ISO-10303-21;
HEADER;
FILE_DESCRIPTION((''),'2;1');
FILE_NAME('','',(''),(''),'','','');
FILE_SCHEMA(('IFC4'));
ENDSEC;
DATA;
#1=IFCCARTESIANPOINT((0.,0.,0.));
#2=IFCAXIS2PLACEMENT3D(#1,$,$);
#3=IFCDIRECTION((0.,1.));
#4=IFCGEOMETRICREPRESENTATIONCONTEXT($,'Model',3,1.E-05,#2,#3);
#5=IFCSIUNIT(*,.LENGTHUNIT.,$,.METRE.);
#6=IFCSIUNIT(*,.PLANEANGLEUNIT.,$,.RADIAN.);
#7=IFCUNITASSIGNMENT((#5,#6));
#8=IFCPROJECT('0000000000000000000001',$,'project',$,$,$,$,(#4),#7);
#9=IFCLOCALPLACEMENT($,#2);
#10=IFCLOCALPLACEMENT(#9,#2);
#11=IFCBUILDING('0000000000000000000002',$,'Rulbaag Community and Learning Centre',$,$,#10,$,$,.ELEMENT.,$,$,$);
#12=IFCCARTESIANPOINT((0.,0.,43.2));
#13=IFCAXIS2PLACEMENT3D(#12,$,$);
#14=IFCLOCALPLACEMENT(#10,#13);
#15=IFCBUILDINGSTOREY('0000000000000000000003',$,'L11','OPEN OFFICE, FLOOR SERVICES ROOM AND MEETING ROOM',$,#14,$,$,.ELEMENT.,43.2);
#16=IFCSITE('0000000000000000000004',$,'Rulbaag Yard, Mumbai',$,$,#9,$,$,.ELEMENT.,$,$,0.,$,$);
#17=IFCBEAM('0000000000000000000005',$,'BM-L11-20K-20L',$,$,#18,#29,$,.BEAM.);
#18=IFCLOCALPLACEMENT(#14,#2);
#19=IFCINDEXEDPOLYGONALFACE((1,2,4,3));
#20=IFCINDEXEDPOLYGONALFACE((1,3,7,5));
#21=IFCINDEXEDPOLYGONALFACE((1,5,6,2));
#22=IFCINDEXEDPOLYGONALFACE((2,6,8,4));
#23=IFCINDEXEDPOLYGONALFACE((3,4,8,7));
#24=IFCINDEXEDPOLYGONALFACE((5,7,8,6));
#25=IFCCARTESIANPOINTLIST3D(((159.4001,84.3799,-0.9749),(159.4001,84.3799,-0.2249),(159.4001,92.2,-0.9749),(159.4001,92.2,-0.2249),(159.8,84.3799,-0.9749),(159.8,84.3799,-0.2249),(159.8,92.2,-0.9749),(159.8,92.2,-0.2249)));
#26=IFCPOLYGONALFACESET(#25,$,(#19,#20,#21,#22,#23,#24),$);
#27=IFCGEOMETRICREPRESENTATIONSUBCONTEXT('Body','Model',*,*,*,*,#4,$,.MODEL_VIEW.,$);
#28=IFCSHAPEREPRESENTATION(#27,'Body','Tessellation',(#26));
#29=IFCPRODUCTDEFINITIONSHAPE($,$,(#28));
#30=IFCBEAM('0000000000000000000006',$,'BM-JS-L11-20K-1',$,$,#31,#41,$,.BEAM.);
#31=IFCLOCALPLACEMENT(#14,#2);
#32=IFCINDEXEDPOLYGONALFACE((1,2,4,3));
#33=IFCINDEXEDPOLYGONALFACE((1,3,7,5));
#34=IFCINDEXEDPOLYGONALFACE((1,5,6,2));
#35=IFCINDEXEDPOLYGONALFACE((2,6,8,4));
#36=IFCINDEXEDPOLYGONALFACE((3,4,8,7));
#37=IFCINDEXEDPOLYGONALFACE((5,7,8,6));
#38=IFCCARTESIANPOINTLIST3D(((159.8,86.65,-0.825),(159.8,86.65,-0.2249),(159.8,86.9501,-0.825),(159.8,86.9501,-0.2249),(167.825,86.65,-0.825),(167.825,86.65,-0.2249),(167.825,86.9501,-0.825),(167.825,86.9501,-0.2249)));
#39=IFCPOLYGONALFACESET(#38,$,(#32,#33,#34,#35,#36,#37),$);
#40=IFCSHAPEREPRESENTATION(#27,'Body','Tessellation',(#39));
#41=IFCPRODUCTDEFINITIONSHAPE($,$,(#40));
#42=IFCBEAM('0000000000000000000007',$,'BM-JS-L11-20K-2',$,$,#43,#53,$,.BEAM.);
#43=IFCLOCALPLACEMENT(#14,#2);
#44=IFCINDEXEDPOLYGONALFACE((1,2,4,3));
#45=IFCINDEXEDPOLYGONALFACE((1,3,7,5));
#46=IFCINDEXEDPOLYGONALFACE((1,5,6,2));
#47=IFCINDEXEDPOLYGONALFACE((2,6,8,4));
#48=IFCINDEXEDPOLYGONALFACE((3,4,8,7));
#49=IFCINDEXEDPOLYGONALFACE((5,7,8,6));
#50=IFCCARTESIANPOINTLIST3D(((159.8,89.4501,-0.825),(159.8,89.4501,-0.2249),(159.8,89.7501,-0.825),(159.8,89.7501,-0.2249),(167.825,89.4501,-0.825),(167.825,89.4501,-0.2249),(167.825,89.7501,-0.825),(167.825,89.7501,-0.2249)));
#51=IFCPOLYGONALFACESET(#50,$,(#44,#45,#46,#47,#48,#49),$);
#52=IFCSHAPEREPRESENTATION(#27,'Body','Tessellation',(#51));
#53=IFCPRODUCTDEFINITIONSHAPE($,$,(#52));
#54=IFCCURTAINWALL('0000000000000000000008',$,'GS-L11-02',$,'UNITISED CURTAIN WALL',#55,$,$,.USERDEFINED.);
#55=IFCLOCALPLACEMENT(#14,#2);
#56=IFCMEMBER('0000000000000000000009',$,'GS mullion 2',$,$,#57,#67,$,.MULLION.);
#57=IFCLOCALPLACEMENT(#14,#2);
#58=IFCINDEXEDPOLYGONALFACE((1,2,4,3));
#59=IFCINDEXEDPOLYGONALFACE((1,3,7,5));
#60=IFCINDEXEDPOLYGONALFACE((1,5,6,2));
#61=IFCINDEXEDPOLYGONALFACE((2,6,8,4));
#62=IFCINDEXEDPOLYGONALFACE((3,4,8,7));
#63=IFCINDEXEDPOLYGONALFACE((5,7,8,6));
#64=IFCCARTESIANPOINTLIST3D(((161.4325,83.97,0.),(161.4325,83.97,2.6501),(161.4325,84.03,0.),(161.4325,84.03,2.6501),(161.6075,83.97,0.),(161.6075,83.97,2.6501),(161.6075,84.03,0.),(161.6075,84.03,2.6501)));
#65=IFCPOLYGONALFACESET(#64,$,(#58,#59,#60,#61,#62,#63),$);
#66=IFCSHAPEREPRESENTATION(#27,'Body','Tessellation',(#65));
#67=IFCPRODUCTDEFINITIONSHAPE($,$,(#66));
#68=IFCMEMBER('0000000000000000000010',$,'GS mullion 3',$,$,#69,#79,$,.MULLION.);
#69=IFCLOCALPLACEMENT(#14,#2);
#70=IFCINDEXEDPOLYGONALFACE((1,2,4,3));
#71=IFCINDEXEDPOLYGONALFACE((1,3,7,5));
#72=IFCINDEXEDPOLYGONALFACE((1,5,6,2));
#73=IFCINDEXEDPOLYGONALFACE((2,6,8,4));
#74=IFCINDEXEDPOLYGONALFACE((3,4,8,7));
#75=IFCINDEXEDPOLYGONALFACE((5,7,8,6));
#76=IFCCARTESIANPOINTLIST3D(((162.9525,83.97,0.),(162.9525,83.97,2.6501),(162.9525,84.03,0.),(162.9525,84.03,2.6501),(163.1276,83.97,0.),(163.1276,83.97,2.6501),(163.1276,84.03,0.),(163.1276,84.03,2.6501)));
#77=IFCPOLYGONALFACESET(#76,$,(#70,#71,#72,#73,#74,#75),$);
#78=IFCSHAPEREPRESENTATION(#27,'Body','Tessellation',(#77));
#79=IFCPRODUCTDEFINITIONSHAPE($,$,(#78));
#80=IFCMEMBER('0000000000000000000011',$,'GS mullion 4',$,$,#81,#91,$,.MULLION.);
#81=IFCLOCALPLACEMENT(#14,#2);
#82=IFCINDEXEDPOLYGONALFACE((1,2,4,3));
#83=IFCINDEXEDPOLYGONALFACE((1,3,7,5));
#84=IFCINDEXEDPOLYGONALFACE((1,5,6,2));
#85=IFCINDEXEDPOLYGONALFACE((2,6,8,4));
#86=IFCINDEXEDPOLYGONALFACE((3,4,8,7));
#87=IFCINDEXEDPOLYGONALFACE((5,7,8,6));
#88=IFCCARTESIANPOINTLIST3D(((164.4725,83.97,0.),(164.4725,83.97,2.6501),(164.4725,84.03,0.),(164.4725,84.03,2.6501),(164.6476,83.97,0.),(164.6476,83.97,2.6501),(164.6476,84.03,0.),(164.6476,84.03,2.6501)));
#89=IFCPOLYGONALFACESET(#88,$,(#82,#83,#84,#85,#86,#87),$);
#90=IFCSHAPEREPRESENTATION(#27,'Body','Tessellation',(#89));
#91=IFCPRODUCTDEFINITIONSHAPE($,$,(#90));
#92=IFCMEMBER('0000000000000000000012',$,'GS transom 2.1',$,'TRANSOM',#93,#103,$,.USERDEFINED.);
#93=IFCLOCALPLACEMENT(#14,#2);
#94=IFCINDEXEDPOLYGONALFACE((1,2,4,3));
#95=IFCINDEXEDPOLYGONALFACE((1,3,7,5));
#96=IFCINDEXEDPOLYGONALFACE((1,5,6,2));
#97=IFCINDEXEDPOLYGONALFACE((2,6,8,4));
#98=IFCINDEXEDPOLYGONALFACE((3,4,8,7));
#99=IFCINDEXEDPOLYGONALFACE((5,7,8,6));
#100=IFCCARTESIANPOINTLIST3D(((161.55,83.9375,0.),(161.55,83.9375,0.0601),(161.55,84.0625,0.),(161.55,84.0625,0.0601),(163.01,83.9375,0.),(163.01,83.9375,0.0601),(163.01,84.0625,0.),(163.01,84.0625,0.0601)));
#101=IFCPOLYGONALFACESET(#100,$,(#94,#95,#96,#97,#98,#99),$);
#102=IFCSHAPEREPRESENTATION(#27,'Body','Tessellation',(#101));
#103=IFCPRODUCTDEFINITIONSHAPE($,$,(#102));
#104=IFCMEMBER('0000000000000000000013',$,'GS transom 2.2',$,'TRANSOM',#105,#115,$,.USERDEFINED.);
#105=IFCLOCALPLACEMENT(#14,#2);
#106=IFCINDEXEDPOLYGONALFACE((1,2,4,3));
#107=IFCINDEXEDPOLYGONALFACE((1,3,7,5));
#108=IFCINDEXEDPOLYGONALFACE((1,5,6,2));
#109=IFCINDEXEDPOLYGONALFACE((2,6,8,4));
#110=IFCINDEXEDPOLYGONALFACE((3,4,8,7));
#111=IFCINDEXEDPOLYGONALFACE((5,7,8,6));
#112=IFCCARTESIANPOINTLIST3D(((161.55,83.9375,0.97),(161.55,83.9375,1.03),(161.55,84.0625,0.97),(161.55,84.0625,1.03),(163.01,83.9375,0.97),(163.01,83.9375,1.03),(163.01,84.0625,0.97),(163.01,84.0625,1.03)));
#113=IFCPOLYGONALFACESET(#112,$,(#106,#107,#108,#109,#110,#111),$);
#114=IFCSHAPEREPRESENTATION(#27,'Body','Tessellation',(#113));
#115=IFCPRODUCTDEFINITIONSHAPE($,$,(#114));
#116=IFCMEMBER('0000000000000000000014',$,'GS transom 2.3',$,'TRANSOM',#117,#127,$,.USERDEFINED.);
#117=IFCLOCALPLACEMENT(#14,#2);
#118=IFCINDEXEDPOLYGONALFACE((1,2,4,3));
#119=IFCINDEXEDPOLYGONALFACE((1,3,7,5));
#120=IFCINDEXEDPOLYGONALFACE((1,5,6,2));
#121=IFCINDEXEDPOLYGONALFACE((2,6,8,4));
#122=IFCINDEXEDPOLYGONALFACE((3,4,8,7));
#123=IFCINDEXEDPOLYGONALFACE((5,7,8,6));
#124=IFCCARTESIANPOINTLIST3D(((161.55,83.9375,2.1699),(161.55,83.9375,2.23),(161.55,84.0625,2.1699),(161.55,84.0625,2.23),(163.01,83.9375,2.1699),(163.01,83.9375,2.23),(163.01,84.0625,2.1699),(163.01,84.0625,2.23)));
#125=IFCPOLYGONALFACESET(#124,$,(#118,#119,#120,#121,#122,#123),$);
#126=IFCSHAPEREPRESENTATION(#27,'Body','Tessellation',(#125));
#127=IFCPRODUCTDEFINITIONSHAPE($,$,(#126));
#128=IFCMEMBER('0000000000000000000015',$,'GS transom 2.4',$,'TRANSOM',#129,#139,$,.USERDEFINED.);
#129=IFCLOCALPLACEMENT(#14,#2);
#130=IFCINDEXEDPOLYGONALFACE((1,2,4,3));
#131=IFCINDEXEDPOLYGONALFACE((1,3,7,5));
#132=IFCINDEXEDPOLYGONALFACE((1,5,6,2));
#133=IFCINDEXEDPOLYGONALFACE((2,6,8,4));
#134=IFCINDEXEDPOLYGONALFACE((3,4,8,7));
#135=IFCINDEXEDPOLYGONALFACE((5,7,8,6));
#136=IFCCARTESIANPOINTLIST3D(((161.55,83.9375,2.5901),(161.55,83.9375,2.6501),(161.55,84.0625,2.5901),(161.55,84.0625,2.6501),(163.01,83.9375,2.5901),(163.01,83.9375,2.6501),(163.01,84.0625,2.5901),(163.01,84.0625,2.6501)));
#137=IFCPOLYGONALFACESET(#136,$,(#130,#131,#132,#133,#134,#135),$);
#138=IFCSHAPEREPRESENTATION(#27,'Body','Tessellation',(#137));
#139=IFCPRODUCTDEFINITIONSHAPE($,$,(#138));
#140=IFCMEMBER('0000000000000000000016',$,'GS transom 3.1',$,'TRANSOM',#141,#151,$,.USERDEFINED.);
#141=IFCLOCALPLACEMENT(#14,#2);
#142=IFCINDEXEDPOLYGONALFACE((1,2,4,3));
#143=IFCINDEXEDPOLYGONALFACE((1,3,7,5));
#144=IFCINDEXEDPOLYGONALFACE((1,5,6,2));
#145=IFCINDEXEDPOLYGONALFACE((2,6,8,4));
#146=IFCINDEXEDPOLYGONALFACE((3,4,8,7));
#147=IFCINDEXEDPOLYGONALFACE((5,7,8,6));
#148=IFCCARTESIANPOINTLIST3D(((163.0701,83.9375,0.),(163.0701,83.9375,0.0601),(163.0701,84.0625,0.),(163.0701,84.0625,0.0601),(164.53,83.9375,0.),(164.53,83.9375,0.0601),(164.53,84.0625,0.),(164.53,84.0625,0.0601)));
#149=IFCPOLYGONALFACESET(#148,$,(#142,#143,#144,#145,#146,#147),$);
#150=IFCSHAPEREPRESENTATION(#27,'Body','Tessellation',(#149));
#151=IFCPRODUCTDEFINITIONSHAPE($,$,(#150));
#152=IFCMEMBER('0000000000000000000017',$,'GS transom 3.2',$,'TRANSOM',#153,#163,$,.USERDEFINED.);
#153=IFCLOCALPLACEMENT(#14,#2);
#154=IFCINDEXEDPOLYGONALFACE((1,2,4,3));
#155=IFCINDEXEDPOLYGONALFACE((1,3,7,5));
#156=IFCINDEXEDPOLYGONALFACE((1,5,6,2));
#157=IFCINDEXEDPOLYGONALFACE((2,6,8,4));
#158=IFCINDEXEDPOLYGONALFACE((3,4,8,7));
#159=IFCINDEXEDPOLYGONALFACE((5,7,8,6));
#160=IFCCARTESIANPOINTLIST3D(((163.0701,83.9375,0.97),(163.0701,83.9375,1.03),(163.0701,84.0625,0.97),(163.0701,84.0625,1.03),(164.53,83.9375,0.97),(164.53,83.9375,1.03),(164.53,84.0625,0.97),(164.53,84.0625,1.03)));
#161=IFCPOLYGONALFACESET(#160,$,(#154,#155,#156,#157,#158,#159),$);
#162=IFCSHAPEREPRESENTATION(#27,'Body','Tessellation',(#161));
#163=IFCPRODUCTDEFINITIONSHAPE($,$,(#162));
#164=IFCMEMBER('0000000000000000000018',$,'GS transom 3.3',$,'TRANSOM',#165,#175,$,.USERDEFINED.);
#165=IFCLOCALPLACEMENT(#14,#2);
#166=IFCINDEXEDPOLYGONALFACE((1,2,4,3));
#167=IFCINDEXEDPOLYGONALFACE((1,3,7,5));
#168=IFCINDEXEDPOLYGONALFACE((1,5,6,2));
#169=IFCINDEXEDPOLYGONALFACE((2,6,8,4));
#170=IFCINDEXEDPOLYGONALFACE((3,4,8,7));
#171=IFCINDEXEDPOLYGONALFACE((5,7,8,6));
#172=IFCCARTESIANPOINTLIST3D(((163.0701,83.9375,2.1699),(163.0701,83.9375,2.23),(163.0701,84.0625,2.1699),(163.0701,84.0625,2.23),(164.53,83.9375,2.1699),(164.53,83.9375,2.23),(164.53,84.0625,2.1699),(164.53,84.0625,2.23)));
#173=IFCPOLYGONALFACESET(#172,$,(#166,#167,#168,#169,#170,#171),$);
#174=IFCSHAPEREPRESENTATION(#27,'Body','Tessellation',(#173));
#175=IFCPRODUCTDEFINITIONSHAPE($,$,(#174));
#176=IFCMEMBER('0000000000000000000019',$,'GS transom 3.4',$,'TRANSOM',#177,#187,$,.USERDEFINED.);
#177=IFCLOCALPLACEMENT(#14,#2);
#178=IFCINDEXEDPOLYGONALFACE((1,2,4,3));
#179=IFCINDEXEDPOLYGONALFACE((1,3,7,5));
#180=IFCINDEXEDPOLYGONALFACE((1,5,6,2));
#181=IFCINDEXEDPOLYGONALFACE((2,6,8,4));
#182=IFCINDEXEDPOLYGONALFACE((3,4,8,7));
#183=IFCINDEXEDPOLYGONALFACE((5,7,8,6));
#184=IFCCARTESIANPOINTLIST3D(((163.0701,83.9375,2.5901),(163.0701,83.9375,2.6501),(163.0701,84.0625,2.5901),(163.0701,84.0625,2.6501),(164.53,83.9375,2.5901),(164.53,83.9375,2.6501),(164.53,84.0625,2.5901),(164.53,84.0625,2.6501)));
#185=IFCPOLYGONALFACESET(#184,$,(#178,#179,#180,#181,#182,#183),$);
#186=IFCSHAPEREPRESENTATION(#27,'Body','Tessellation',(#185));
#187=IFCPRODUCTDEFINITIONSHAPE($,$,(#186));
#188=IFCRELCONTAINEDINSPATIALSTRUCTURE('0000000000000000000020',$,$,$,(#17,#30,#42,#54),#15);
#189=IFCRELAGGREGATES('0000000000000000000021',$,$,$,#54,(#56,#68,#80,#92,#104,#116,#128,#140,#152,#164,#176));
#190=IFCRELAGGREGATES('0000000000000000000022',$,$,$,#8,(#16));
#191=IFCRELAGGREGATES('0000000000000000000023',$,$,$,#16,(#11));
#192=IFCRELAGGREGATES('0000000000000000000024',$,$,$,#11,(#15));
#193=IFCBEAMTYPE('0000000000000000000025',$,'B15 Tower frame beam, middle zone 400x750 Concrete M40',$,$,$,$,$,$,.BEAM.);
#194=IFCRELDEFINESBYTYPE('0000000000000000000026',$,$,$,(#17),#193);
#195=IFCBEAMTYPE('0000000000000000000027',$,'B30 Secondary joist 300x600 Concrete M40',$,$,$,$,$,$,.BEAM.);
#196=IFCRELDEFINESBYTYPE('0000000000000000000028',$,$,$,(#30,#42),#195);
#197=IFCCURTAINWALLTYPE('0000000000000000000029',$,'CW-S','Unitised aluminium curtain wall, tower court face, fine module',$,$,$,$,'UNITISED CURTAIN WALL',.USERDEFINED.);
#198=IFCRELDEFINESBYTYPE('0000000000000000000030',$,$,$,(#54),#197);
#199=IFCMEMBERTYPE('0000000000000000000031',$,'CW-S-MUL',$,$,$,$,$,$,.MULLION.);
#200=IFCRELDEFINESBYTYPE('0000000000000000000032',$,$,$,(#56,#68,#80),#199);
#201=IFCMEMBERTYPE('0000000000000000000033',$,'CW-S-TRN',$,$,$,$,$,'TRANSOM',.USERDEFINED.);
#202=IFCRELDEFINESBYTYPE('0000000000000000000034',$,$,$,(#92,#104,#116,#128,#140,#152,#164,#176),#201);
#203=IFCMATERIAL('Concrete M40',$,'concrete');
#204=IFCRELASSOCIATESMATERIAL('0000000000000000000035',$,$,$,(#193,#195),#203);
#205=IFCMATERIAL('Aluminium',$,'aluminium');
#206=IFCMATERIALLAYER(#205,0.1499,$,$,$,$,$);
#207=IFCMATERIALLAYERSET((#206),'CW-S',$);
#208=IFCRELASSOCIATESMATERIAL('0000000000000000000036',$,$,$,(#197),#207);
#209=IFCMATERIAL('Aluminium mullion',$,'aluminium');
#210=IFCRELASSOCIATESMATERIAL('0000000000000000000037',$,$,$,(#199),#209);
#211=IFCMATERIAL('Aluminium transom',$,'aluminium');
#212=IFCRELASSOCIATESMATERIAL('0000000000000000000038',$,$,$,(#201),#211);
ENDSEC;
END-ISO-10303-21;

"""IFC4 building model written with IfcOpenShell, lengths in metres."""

from ifc_helpers import new_model, si_unit, direction, frame, origin, origin_2d, place, context, subcontext, project, spatial, rectangle, extrude, material, layer, layer_set, material_profile, profile_set, type_object, element, aggregate, save


model = new_model("IFC4")

# Units and contexts
model_context = context("Model", 3, precision=1e-05, world=origin(), true_north=direction((0.0, 1.0)))
body_context = subcontext(model_context, "Body", "Model", "MODEL_VIEW")
ifc_project = project(units=[si_unit("LENGTHUNIT", "METRE"), si_unit("PLANEANGLEUNIT", "RADIAN")], contexts=[model_context])

# Site, building, storey
site_placement = place(None, origin())
site = spatial("IfcSite", under=ifc_project, at=site_placement, Name="Rulbaag Yard, Mumbai", CompositionType="ELEMENT", RefElevation=0.0)
building_placement = place(site_placement, origin())
building = spatial("IfcBuilding", under=site, at=building_placement, Name="Rulbaag Community and Learning Centre", CompositionType="ELEMENT")
storey_placement = place(building_placement, frame((0.0, 0.0, 43.2)))
storey = spatial("IfcBuildingStorey", under=building, at=storey_placement, Name="L11", Description="OPEN OFFICE, FLOOR SERVICES ROOM AND MEETING ROOM", CompositionType="ELEMENT", Elevation=43.2)

# Beams
ifc_material_1 = material(Name="Concrete M40", Category="concrete")
ifc_material_profile_1 = material_profile(ifc_material_1, rectangle(XDim=0.3999, YDim=0.75, at=origin_2d()), Name="RB400x750")
ifc_profile_set_1 = profile_set([ifc_material_profile_1], Name="Concrete M40")
beam_type_1 = type_object("IfcBeamType", Name="B15 Tower frame beam, middle zone 400x750 Concrete M40", PredefinedType="BEAM", material=ifc_profile_set_1)
beam_placement = place(storey_placement, frame((159.6001, 84.3799, -0.5999), z_axis=(0.0, 1.0, 0.0), x_axis=(-1.0, 0.0, 0.0)))
element("IfcBeam", 1, at=beam_placement, inside=storey, type_object=beam_type_1, Name="BM-L11-20K-20L", PredefinedType="BEAM", context=body_context, shape_type="SweptSolid", body=[
    extrude(rectangle(XDim=0.3999, YDim=0.75, at=origin_2d()), origin(), (0.0, 0.0, 1.0), 7.8201),
])
ifc_material_profile_2 = material_profile(ifc_material_1, rectangle(XDim=0.3, YDim=0.6001, at=origin_2d()), Name="RB300x600")
ifc_profile_set_2 = profile_set([ifc_material_profile_2], Name="Concrete M40")
beam_type_2 = type_object("IfcBeamType", Name="B30 Secondary joist 300x600 Concrete M40", PredefinedType="BEAM", material=ifc_profile_set_2)
for number, where, z_axis, x_axis, name in (
    (2, (159.8, 86.8, -0.5249), (1.0, 0.0, 0.0), (0.0, 1.0, 0.0), "BM-JS-L11-20K-1"),
    (3, (159.8, 89.6001, -0.5249), (1.0, 0.0, 0.0), (0.0, 1.0, 0.0), "BM-JS-L11-20K-2"),
):
    element("IfcBeam", number, at=place(storey_placement, frame(where, z_axis=z_axis, x_axis=x_axis)), inside=storey, type_object=beam_type_2, Name=name, PredefinedType="BEAM", context=body_context, shape_type="SweptSolid", body=[
        extrude(rectangle(XDim=0.3, YDim=0.6001, at=origin_2d()), origin(), (0.0, 0.0, 1.0), 8.0249),
    ])

# Curtain wall, members
ifc_material_2 = material(Name="Aluminium", Category="aluminium")
ifc_layer_1 = layer(ifc_material_2, 0.1499)
ifc_layer_set_1 = layer_set([ifc_layer_1], Name="CW-S")
curtain_wall_type = type_object("IfcCurtainWallType", Name="CW-S", Description="Unitised aluminium curtain wall, tower court face, fine module", ElementType="UNITISED CURTAIN WALL", PredefinedType="USERDEFINED", material=ifc_layer_set_1)
curtain_wall_placement = place(storey_placement, origin())
curtain_wall = element("IfcCurtainWall", 4, at=curtain_wall_placement, inside=storey, type_object=curtain_wall_type, Name="GS-L11-02", ObjectType="UNITISED CURTAIN WALL", PredefinedType="USERDEFINED")
ifc_material_3 = material(Name="Aluminium mullion", Category="aluminium")
ifc_material_profile_3 = material_profile(ifc_material_3, rectangle(XDim=0.0601, YDim=0.175, at=origin_2d()), Name="AL 60x175")
ifc_profile_set_3 = profile_set([ifc_material_profile_3], Name="Aluminium mullion")
member_type_1 = type_object("IfcMemberType", Name="CW-S-MUL", PredefinedType="MULLION", material=ifc_profile_set_3)
member_1_placement = place(storey_placement, frame((161.52, 84.0, 0.0), z_axis=(0.0, 0.0, 1.0), x_axis=(0.0, 1.0, 0.0)))
member_1 = element("IfcMember", 5, at=member_1_placement, type_object=member_type_1, Name="GS mullion 2", PredefinedType="MULLION", context=body_context, shape_type="SweptSolid", body=[
    extrude(rectangle(XDim=0.0601, YDim=0.175, at=origin_2d()), origin(), (0.0, 0.0, 1.0), 2.6501),
])
member_2_placement = place(storey_placement, frame((163.04, 84.0, 0.0), z_axis=(0.0, 0.0, 1.0), x_axis=(0.0, 1.0, 0.0)))
member_2 = element("IfcMember", 6, at=member_2_placement, type_object=member_type_1, Name="GS mullion 3", PredefinedType="MULLION", context=body_context, shape_type="SweptSolid", body=[
    extrude(rectangle(XDim=0.0601, YDim=0.175, at=origin_2d()), origin(), (0.0, 0.0, 1.0), 2.6501),
])
member_3_placement = place(storey_placement, frame((164.5601, 84.0, 0.0), z_axis=(0.0, 0.0, 1.0), x_axis=(0.0, 1.0, 0.0)))
member_3 = element("IfcMember", 7, at=member_3_placement, type_object=member_type_1, Name="GS mullion 4", PredefinedType="MULLION", context=body_context, shape_type="SweptSolid", body=[
    extrude(rectangle(XDim=0.0601, YDim=0.175, at=origin_2d()), origin(), (0.0, 0.0, 1.0), 2.6501),
])
ifc_material_4 = material(Name="Aluminium transom", Category="aluminium")
ifc_material_profile_4 = material_profile(ifc_material_4, rectangle(XDim=0.125, YDim=0.0601, at=origin_2d()), Name="AL 60x125 T")
ifc_profile_set_4 = profile_set([ifc_material_profile_4], Name="Aluminium transom")
member_type_2 = type_object("IfcMemberType", Name="CW-S-TRN", ElementType="TRANSOM", PredefinedType="USERDEFINED", material=ifc_profile_set_4)
member_4_placement = place(storey_placement, frame((161.55, 84.0, 0.03), z_axis=(1.0, 0.0, 0.0), x_axis=(0.0, 1.0, 0.0)))
member_4 = element("IfcMember", 8, at=member_4_placement, type_object=member_type_2, Name="GS transom 2.1", ObjectType="TRANSOM", PredefinedType="USERDEFINED", context=body_context, shape_type="SweptSolid", body=[
    extrude(rectangle(XDim=0.125, YDim=0.0601, at=origin_2d()), origin(), (0.0, 0.0, 1.0), 1.46),
])
member_5_placement = place(storey_placement, frame((161.55, 84.0, 1.0), z_axis=(1.0, 0.0, 0.0), x_axis=(0.0, 1.0, 0.0)))
member_5 = element("IfcMember", 9, at=member_5_placement, type_object=member_type_2, Name="GS transom 2.2", ObjectType="TRANSOM", PredefinedType="USERDEFINED", context=body_context, shape_type="SweptSolid", body=[
    extrude(rectangle(XDim=0.125, YDim=0.0601, at=origin_2d()), origin(), (0.0, 0.0, 1.0), 1.46),
])
member_6_placement = place(storey_placement, frame((161.55, 84.0, 2.2), z_axis=(1.0, 0.0, 0.0), x_axis=(0.0, 1.0, 0.0)))
member_6 = element("IfcMember", 10, at=member_6_placement, type_object=member_type_2, Name="GS transom 2.3", ObjectType="TRANSOM", PredefinedType="USERDEFINED", context=body_context, shape_type="SweptSolid", body=[
    extrude(rectangle(XDim=0.125, YDim=0.0601, at=origin_2d()), origin(), (0.0, 0.0, 1.0), 1.46),
])
member_7_placement = place(storey_placement, frame((161.55, 84.0, 2.6201), z_axis=(1.0, 0.0, 0.0), x_axis=(0.0, 1.0, 0.0)))
member_7 = element("IfcMember", 11, at=member_7_placement, type_object=member_type_2, Name="GS transom 2.4", ObjectType="TRANSOM", PredefinedType="USERDEFINED", context=body_context, shape_type="SweptSolid", body=[
    extrude(rectangle(XDim=0.125, YDim=0.0601, at=origin_2d()), origin(), (0.0, 0.0, 1.0), 1.46),
])
member_8_placement = place(storey_placement, frame((163.0701, 84.0, 0.03), z_axis=(1.0, 0.0, 0.0), x_axis=(0.0, 1.0, 0.0)))
member_8 = element("IfcMember", 12, at=member_8_placement, type_object=member_type_2, Name="GS transom 3.1", ObjectType="TRANSOM", PredefinedType="USERDEFINED", context=body_context, shape_type="SweptSolid", body=[
    extrude(rectangle(XDim=0.125, YDim=0.0601, at=origin_2d()), origin(), (0.0, 0.0, 1.0), 1.46),
])
member_9_placement = place(storey_placement, frame((163.0701, 84.0, 1.0), z_axis=(1.0, 0.0, 0.0), x_axis=(0.0, 1.0, 0.0)))
member_9 = element("IfcMember", 13, at=member_9_placement, type_object=member_type_2, Name="GS transom 3.2", ObjectType="TRANSOM", PredefinedType="USERDEFINED", context=body_context, shape_type="SweptSolid", body=[
    extrude(rectangle(XDim=0.125, YDim=0.0601, at=origin_2d()), origin(), (0.0, 0.0, 1.0), 1.46),
])
member_10_placement = place(storey_placement, frame((163.0701, 84.0, 2.2), z_axis=(1.0, 0.0, 0.0), x_axis=(0.0, 1.0, 0.0)))
member_10 = element("IfcMember", 14, at=member_10_placement, type_object=member_type_2, Name="GS transom 3.3", ObjectType="TRANSOM", PredefinedType="USERDEFINED", context=body_context, shape_type="SweptSolid", body=[
    extrude(rectangle(XDim=0.125, YDim=0.0601, at=origin_2d()), origin(), (0.0, 0.0, 1.0), 1.46),
])
member_11_placement = place(storey_placement, frame((163.0701, 84.0, 2.6201), z_axis=(1.0, 0.0, 0.0), x_axis=(0.0, 1.0, 0.0)))
member_11 = element("IfcMember", 15, at=member_11_placement, type_object=member_type_2, Name="GS transom 3.4", ObjectType="TRANSOM", PredefinedType="USERDEFINED", context=body_context, shape_type="SweptSolid", body=[
    extrude(rectangle(XDim=0.125, YDim=0.0601, at=origin_2d()), origin(), (0.0, 0.0, 1.0), 1.46),
])
aggregate(curtain_wall, [member_1, member_2, member_3, member_4, member_5, member_6, member_7, member_8, member_9, member_10, member_11])

save(model, "model.ifc")
